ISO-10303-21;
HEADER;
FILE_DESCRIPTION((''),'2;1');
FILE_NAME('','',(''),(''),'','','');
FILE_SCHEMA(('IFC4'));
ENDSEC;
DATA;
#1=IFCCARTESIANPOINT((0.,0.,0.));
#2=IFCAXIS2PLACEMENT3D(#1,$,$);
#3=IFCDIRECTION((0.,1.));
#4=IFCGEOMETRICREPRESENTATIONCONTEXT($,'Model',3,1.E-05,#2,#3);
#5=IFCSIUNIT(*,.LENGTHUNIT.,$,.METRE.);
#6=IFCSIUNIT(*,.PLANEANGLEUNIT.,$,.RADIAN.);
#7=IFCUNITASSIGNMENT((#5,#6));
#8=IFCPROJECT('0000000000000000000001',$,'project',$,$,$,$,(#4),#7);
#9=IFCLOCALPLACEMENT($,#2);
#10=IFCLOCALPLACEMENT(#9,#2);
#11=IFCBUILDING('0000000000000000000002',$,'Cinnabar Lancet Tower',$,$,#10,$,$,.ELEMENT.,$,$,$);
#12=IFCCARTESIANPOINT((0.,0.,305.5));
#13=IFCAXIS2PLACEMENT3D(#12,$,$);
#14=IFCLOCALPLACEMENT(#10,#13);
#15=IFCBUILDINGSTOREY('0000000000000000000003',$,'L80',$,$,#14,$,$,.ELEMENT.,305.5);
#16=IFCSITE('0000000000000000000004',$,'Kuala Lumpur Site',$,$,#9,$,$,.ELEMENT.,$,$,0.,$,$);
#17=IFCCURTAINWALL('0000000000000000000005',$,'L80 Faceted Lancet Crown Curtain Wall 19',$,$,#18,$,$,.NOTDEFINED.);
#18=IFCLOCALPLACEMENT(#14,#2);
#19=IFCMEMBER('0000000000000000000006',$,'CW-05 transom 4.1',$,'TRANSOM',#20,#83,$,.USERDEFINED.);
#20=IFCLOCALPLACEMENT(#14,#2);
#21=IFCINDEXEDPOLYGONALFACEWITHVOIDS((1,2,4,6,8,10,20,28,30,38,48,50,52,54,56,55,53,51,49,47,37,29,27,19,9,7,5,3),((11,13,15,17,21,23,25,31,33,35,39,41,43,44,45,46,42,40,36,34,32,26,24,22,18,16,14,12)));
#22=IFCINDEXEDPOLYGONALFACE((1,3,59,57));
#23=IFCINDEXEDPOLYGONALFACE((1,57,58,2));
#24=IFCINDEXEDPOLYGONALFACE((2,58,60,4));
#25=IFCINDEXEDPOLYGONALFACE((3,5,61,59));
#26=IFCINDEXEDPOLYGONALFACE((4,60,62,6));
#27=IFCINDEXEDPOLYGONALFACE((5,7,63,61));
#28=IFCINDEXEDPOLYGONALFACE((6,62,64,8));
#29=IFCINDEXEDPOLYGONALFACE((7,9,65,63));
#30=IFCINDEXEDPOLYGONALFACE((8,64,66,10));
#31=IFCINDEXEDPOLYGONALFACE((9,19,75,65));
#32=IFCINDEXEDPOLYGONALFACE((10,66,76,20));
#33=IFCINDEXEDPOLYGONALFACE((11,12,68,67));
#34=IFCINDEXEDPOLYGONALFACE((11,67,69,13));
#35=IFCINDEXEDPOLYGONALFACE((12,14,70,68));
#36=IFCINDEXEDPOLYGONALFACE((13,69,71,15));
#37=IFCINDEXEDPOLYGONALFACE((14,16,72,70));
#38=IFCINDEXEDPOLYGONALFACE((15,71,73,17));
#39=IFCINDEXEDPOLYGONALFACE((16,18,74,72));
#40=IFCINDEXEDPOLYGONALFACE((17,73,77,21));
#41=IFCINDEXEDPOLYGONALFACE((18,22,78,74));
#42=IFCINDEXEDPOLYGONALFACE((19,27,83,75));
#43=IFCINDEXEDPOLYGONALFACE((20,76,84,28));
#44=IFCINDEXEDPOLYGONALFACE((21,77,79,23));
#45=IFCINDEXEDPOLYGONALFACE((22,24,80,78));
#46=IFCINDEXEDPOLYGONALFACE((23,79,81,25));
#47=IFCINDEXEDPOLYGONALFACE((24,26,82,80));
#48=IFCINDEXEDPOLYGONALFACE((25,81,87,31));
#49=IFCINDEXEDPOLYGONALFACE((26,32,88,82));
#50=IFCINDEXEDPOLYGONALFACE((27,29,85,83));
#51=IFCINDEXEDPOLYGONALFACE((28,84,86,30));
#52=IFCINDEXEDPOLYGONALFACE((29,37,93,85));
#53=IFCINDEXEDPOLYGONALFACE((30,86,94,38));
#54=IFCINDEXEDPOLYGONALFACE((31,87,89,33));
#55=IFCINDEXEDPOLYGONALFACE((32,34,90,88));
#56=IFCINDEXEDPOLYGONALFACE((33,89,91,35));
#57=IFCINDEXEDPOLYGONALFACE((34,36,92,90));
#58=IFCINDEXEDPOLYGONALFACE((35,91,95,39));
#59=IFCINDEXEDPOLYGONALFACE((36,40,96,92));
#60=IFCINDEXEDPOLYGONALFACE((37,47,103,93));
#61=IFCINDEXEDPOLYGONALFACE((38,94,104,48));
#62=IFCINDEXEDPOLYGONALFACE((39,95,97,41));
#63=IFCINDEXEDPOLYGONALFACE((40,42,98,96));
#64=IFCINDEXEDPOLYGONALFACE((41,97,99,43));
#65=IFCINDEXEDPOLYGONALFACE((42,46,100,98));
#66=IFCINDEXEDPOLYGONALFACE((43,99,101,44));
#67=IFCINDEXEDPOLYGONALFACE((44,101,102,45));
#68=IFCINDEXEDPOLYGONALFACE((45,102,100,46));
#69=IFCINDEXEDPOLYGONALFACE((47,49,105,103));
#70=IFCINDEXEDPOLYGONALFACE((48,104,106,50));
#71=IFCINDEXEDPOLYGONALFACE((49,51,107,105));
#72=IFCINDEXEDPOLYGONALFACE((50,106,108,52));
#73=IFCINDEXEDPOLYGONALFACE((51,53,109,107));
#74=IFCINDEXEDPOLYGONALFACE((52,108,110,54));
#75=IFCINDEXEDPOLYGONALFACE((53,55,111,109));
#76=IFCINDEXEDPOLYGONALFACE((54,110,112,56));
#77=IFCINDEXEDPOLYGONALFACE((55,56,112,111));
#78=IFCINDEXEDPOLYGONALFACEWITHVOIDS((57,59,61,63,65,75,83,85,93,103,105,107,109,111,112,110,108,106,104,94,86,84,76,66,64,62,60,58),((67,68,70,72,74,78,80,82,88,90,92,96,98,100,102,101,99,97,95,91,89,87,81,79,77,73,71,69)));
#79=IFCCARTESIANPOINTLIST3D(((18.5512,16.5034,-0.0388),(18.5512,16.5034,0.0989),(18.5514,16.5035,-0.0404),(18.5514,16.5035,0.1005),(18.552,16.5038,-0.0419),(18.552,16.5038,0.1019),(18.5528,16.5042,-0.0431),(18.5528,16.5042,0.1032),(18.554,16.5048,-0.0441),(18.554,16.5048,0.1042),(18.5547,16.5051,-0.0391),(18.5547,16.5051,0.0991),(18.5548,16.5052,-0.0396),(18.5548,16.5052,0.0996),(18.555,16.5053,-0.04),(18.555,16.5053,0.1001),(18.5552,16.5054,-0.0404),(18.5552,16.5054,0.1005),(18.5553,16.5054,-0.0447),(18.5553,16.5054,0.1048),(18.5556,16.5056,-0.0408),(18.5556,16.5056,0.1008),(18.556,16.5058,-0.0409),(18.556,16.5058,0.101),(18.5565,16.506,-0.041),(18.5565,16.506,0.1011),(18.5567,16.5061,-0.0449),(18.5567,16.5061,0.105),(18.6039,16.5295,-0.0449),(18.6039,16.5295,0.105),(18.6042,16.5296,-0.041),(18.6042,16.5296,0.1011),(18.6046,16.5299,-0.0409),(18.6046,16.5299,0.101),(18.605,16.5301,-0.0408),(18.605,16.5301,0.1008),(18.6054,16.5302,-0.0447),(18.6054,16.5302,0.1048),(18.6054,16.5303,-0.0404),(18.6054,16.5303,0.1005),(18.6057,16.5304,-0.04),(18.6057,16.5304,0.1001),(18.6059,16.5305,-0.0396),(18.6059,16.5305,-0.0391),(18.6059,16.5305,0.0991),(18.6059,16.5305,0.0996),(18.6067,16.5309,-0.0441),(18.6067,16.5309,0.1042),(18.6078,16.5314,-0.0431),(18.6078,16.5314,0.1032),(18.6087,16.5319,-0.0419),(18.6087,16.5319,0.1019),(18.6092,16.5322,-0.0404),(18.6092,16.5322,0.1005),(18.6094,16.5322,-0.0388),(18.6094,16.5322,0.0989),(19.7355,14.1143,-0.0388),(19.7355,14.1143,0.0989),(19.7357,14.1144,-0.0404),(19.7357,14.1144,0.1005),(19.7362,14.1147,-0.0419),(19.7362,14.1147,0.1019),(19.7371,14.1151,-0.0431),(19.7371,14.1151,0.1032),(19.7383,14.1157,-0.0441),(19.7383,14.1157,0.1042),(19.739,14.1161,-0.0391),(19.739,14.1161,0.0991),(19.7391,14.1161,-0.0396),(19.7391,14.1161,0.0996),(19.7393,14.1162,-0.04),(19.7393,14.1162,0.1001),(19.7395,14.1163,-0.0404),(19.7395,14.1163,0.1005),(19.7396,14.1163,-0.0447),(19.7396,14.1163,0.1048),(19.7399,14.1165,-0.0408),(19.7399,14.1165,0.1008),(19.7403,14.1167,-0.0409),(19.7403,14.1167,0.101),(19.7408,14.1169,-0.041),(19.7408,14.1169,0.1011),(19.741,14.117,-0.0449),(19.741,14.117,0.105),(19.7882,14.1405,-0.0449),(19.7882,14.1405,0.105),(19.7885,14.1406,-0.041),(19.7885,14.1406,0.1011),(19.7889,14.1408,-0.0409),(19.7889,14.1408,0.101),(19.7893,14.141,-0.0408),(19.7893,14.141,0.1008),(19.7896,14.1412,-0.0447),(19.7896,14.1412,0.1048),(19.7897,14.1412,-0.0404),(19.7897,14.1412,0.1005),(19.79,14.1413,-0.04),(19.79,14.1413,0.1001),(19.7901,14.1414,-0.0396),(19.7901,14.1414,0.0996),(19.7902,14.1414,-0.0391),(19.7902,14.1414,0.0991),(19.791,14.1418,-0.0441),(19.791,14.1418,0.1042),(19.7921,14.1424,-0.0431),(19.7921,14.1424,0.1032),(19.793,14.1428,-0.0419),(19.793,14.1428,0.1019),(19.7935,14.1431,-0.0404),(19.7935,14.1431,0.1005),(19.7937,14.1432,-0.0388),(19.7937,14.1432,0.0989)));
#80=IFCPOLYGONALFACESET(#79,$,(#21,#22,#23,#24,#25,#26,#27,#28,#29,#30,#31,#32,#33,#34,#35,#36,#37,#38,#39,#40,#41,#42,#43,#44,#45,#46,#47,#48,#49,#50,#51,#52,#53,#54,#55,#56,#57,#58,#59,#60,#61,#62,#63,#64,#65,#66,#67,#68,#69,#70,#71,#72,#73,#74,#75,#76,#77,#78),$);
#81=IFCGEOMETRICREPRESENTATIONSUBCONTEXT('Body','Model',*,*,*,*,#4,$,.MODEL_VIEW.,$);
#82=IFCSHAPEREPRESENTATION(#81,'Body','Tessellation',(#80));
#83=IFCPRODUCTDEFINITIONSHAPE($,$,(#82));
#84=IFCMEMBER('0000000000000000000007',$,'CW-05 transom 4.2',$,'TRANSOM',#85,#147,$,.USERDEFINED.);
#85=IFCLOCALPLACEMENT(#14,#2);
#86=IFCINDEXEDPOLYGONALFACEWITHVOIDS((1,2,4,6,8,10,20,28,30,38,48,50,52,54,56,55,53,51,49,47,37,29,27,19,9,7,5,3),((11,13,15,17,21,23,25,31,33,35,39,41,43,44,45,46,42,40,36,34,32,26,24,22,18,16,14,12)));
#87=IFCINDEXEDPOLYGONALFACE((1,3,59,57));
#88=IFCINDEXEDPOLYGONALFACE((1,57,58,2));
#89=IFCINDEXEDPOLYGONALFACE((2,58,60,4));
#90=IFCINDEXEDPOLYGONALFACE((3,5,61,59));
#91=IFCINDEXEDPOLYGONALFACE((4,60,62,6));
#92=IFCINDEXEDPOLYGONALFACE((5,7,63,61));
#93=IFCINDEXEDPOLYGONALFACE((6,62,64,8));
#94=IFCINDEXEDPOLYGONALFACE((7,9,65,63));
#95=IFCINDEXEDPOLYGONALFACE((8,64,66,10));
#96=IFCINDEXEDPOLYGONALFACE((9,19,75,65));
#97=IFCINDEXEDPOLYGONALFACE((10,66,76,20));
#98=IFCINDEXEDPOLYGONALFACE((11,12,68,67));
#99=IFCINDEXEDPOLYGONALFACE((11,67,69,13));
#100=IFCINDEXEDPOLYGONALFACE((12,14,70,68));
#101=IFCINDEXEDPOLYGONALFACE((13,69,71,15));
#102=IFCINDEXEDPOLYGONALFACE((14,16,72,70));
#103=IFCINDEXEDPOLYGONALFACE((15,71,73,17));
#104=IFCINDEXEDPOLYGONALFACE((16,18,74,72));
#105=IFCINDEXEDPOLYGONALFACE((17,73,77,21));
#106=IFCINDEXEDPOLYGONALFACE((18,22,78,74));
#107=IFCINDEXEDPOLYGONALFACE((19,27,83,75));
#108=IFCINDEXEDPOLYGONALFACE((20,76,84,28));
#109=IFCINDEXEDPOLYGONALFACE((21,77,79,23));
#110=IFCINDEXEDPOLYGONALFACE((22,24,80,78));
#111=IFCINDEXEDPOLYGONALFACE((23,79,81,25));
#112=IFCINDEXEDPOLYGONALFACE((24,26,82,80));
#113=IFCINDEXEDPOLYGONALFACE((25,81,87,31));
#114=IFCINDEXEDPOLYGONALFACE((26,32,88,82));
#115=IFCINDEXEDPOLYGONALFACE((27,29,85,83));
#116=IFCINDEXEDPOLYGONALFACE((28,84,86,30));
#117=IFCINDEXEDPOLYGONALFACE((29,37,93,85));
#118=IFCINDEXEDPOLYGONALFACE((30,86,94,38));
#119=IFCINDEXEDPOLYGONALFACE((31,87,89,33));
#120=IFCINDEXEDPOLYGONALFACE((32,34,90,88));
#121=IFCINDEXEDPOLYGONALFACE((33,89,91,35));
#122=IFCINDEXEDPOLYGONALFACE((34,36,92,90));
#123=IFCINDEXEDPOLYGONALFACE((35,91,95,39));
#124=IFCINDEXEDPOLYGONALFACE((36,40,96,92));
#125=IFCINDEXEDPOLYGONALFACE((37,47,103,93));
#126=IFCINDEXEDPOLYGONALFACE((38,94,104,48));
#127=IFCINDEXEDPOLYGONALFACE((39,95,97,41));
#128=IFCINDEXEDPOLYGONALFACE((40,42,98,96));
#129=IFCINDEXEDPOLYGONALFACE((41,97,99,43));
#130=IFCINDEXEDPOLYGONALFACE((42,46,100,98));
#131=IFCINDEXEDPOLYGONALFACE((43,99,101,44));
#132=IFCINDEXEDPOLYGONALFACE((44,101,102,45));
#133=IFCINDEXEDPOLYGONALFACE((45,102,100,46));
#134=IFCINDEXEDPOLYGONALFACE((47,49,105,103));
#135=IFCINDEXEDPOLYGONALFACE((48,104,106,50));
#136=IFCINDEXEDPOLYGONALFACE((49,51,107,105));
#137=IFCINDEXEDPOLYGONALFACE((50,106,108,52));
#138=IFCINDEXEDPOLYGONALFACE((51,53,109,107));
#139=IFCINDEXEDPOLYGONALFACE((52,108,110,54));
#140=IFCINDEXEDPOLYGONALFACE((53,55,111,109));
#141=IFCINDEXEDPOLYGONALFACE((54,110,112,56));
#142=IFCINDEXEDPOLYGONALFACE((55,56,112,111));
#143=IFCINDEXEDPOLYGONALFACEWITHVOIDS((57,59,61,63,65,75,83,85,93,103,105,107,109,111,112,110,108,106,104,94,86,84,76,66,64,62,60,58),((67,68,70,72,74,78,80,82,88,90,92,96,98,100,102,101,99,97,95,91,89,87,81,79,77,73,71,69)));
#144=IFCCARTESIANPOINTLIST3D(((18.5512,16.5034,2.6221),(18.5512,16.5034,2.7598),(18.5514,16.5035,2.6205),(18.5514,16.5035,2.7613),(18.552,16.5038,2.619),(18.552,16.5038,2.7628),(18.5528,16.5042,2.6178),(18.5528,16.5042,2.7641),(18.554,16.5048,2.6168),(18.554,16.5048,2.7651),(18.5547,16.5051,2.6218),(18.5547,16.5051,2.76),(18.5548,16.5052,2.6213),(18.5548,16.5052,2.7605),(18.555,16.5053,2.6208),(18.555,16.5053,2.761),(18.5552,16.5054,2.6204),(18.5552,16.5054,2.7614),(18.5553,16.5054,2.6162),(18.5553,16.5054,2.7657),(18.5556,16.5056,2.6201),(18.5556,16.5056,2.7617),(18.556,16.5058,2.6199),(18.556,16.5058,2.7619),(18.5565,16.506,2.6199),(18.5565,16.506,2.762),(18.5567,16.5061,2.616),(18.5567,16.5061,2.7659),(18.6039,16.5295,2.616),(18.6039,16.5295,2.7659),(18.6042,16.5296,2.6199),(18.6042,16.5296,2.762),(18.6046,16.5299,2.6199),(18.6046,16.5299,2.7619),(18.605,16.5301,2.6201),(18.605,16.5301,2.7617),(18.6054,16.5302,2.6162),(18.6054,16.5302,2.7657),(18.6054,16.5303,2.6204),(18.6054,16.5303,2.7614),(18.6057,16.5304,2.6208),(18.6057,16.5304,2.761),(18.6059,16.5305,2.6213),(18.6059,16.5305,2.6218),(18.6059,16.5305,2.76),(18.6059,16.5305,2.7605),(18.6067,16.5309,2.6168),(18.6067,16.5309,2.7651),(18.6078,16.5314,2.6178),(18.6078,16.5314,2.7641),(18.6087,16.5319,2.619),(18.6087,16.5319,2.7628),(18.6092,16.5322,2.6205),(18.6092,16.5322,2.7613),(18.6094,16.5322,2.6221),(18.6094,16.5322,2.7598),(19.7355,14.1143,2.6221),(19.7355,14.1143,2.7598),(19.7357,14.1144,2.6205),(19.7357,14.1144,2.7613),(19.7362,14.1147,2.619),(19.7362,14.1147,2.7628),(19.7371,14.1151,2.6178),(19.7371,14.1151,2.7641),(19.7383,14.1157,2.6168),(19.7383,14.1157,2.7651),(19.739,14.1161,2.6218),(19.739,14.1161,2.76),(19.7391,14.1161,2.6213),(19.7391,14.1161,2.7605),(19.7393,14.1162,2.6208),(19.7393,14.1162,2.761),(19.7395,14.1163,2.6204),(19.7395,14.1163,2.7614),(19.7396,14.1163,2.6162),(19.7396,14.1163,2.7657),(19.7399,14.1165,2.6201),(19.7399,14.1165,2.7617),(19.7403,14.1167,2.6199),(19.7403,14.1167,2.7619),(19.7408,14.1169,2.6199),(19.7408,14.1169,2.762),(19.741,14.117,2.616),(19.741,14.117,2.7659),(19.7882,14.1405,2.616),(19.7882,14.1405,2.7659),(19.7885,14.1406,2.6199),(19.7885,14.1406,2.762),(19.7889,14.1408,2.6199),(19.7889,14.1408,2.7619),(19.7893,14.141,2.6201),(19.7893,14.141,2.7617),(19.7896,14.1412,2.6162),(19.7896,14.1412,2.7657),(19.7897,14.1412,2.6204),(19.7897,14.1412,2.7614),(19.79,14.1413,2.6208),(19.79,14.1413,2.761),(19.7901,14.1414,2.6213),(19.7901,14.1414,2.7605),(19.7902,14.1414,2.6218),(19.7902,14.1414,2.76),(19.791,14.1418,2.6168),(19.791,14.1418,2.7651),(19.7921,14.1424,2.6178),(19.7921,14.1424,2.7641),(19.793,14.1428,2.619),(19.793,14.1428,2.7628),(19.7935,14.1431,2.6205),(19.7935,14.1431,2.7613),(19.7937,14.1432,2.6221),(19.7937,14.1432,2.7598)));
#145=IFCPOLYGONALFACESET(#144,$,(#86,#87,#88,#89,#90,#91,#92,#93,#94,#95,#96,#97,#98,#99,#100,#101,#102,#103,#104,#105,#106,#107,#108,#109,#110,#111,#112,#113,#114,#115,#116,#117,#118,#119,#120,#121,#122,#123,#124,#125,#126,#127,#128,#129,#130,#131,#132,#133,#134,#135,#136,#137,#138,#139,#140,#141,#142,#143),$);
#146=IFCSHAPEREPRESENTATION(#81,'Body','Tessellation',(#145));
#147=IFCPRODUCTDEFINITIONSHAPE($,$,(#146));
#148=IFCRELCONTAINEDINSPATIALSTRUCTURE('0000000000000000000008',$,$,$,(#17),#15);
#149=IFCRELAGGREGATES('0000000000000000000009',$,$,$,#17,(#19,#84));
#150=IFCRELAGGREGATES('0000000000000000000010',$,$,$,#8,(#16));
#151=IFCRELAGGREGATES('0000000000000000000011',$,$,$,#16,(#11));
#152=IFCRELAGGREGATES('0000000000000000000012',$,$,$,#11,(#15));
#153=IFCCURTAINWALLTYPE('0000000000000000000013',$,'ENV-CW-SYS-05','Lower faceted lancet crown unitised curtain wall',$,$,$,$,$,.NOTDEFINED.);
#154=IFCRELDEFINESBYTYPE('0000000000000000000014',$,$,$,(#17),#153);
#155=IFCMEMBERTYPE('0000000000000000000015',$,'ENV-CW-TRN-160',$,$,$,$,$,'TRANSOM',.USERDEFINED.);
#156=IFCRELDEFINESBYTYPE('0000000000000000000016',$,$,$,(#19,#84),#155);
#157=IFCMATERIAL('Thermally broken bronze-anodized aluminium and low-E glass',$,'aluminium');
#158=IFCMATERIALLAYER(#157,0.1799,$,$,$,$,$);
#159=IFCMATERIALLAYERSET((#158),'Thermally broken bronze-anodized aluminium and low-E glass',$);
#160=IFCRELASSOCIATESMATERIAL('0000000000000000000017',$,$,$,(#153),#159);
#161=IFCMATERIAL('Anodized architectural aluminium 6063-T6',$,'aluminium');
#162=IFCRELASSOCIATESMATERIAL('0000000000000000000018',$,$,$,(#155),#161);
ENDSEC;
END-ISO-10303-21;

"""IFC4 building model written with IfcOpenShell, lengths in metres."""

from ifc_helpers import new_model, si_unit, direction, frame, origin, origin_2d, place, context, subcontext, project, spatial, hollow_rectangle, extrude, material, layer, layer_set, material_profile, profile_set, type_object, element, aggregate, save


model = new_model("IFC4")

# Units and contexts
model_context = context("Model", 3, precision=1e-05, world=origin(), true_north=direction((0.0, 1.0)))
body_context = subcontext(model_context, "Body", "Model", "MODEL_VIEW")
ifc_project = project(units=[si_unit("LENGTHUNIT", "METRE"), si_unit("PLANEANGLEUNIT", "RADIAN")], contexts=[model_context])

# Site, building, storey
site_placement = place(None, origin())
site = spatial("IfcSite", under=ifc_project, at=site_placement, Name="Kuala Lumpur Site", CompositionType="ELEMENT", RefElevation=0.0)
building_placement = place(site_placement, origin())
building = spatial("IfcBuilding", under=site, at=building_placement, Name="Cinnabar Lancet Tower", CompositionType="ELEMENT")
storey_placement = place(building_placement, frame((0.0, 0.0, 305.5)))
storey = spatial("IfcBuildingStorey", under=building, at=storey_placement, Name="L80", CompositionType="ELEMENT", Elevation=305.5)

# Curtain wall
ifc_material_1 = material(Name="Thermally broken bronze-anodized aluminium and low-E glass", Category="aluminium")
ifc_layer_1 = layer(ifc_material_1, 0.1799)
ifc_layer_set_1 = layer_set([ifc_layer_1], Name="Thermally broken bronze-anodized aluminium and low-E glass")
curtain_wall_type = type_object("IfcCurtainWallType", Name="ENV-CW-SYS-05", Description="Lower faceted lancet crown unitised curtain wall", PredefinedType="NOTDEFINED", material=ifc_layer_set_1)
curtain_wall_1_placement = place(storey_placement, origin())
curtain_wall_1 = element("IfcCurtainWall", 1, at=curtain_wall_1_placement, inside=storey, type_object=curtain_wall_type, Name="L80 Faceted Lancet Crown Curtain Wall 19", PredefinedType="NOTDEFINED")

# Members
ifc_material_2 = material(Name="Anodized architectural aluminium 6063-T6", Category="aluminium")
ifc_material_profile_1 = material_profile(ifc_material_2, hollow_rectangle(XDim=0.0649, YDim=0.1499, WallThickness=0.0039, InnerFilletRadius=0.002, OuterFilletRadius=0.0061, at=origin_2d()), Name="CW-TRN 150x65x4")
ifc_profile_set_1 = profile_set([ifc_material_profile_1], Name="Anodized architectural aluminium 6063-T6")
member_type_1 = type_object("IfcMemberType", Name="ENV-CW-TRN-160", ElementType="TRANSOM", PredefinedType="USERDEFINED", material=ifc_profile_set_1)
member_1_placement = place(storey_placement, frame((18.5803, 16.5178, 0.03), z_axis=(0.444135, -0.89596, 0.0), x_axis=(0.89596, 0.444135, 0.0)))
member_1 = element("IfcMember", 2, at=member_1_placement, type_object=member_type_1, Name="CW-05 transom 4.1", ObjectType="TRANSOM", PredefinedType="USERDEFINED", context=body_context, shape_type="SweptSolid", body=[
    extrude(hollow_rectangle(XDim=0.0649, YDim=0.1499, WallThickness=0.0039, InnerFilletRadius=0.002, OuterFilletRadius=0.0061, at=origin_2d()), origin(), (0.0, 0.0, 1.0), 2.6665),
])
member_2_placement = place(storey_placement, frame((18.5803, 16.5178, 2.6909), z_axis=(0.444135, -0.89596, 0.0), x_axis=(0.89596, 0.444135, 0.0)))
member_2 = element("IfcMember", 3, at=member_2_placement, type_object=member_type_1, Name="CW-05 transom 4.2", ObjectType="TRANSOM", PredefinedType="USERDEFINED", context=body_context, shape_type="SweptSolid", body=[
    extrude(hollow_rectangle(XDim=0.0649, YDim=0.1499, WallThickness=0.0039, InnerFilletRadius=0.002, OuterFilletRadius=0.0061, at=origin_2d()), origin(), (0.0, 0.0, 1.0), 2.6665),
])

aggregate(curtain_wall_1, [member_1, member_2])

save(model, "model.ifc")
